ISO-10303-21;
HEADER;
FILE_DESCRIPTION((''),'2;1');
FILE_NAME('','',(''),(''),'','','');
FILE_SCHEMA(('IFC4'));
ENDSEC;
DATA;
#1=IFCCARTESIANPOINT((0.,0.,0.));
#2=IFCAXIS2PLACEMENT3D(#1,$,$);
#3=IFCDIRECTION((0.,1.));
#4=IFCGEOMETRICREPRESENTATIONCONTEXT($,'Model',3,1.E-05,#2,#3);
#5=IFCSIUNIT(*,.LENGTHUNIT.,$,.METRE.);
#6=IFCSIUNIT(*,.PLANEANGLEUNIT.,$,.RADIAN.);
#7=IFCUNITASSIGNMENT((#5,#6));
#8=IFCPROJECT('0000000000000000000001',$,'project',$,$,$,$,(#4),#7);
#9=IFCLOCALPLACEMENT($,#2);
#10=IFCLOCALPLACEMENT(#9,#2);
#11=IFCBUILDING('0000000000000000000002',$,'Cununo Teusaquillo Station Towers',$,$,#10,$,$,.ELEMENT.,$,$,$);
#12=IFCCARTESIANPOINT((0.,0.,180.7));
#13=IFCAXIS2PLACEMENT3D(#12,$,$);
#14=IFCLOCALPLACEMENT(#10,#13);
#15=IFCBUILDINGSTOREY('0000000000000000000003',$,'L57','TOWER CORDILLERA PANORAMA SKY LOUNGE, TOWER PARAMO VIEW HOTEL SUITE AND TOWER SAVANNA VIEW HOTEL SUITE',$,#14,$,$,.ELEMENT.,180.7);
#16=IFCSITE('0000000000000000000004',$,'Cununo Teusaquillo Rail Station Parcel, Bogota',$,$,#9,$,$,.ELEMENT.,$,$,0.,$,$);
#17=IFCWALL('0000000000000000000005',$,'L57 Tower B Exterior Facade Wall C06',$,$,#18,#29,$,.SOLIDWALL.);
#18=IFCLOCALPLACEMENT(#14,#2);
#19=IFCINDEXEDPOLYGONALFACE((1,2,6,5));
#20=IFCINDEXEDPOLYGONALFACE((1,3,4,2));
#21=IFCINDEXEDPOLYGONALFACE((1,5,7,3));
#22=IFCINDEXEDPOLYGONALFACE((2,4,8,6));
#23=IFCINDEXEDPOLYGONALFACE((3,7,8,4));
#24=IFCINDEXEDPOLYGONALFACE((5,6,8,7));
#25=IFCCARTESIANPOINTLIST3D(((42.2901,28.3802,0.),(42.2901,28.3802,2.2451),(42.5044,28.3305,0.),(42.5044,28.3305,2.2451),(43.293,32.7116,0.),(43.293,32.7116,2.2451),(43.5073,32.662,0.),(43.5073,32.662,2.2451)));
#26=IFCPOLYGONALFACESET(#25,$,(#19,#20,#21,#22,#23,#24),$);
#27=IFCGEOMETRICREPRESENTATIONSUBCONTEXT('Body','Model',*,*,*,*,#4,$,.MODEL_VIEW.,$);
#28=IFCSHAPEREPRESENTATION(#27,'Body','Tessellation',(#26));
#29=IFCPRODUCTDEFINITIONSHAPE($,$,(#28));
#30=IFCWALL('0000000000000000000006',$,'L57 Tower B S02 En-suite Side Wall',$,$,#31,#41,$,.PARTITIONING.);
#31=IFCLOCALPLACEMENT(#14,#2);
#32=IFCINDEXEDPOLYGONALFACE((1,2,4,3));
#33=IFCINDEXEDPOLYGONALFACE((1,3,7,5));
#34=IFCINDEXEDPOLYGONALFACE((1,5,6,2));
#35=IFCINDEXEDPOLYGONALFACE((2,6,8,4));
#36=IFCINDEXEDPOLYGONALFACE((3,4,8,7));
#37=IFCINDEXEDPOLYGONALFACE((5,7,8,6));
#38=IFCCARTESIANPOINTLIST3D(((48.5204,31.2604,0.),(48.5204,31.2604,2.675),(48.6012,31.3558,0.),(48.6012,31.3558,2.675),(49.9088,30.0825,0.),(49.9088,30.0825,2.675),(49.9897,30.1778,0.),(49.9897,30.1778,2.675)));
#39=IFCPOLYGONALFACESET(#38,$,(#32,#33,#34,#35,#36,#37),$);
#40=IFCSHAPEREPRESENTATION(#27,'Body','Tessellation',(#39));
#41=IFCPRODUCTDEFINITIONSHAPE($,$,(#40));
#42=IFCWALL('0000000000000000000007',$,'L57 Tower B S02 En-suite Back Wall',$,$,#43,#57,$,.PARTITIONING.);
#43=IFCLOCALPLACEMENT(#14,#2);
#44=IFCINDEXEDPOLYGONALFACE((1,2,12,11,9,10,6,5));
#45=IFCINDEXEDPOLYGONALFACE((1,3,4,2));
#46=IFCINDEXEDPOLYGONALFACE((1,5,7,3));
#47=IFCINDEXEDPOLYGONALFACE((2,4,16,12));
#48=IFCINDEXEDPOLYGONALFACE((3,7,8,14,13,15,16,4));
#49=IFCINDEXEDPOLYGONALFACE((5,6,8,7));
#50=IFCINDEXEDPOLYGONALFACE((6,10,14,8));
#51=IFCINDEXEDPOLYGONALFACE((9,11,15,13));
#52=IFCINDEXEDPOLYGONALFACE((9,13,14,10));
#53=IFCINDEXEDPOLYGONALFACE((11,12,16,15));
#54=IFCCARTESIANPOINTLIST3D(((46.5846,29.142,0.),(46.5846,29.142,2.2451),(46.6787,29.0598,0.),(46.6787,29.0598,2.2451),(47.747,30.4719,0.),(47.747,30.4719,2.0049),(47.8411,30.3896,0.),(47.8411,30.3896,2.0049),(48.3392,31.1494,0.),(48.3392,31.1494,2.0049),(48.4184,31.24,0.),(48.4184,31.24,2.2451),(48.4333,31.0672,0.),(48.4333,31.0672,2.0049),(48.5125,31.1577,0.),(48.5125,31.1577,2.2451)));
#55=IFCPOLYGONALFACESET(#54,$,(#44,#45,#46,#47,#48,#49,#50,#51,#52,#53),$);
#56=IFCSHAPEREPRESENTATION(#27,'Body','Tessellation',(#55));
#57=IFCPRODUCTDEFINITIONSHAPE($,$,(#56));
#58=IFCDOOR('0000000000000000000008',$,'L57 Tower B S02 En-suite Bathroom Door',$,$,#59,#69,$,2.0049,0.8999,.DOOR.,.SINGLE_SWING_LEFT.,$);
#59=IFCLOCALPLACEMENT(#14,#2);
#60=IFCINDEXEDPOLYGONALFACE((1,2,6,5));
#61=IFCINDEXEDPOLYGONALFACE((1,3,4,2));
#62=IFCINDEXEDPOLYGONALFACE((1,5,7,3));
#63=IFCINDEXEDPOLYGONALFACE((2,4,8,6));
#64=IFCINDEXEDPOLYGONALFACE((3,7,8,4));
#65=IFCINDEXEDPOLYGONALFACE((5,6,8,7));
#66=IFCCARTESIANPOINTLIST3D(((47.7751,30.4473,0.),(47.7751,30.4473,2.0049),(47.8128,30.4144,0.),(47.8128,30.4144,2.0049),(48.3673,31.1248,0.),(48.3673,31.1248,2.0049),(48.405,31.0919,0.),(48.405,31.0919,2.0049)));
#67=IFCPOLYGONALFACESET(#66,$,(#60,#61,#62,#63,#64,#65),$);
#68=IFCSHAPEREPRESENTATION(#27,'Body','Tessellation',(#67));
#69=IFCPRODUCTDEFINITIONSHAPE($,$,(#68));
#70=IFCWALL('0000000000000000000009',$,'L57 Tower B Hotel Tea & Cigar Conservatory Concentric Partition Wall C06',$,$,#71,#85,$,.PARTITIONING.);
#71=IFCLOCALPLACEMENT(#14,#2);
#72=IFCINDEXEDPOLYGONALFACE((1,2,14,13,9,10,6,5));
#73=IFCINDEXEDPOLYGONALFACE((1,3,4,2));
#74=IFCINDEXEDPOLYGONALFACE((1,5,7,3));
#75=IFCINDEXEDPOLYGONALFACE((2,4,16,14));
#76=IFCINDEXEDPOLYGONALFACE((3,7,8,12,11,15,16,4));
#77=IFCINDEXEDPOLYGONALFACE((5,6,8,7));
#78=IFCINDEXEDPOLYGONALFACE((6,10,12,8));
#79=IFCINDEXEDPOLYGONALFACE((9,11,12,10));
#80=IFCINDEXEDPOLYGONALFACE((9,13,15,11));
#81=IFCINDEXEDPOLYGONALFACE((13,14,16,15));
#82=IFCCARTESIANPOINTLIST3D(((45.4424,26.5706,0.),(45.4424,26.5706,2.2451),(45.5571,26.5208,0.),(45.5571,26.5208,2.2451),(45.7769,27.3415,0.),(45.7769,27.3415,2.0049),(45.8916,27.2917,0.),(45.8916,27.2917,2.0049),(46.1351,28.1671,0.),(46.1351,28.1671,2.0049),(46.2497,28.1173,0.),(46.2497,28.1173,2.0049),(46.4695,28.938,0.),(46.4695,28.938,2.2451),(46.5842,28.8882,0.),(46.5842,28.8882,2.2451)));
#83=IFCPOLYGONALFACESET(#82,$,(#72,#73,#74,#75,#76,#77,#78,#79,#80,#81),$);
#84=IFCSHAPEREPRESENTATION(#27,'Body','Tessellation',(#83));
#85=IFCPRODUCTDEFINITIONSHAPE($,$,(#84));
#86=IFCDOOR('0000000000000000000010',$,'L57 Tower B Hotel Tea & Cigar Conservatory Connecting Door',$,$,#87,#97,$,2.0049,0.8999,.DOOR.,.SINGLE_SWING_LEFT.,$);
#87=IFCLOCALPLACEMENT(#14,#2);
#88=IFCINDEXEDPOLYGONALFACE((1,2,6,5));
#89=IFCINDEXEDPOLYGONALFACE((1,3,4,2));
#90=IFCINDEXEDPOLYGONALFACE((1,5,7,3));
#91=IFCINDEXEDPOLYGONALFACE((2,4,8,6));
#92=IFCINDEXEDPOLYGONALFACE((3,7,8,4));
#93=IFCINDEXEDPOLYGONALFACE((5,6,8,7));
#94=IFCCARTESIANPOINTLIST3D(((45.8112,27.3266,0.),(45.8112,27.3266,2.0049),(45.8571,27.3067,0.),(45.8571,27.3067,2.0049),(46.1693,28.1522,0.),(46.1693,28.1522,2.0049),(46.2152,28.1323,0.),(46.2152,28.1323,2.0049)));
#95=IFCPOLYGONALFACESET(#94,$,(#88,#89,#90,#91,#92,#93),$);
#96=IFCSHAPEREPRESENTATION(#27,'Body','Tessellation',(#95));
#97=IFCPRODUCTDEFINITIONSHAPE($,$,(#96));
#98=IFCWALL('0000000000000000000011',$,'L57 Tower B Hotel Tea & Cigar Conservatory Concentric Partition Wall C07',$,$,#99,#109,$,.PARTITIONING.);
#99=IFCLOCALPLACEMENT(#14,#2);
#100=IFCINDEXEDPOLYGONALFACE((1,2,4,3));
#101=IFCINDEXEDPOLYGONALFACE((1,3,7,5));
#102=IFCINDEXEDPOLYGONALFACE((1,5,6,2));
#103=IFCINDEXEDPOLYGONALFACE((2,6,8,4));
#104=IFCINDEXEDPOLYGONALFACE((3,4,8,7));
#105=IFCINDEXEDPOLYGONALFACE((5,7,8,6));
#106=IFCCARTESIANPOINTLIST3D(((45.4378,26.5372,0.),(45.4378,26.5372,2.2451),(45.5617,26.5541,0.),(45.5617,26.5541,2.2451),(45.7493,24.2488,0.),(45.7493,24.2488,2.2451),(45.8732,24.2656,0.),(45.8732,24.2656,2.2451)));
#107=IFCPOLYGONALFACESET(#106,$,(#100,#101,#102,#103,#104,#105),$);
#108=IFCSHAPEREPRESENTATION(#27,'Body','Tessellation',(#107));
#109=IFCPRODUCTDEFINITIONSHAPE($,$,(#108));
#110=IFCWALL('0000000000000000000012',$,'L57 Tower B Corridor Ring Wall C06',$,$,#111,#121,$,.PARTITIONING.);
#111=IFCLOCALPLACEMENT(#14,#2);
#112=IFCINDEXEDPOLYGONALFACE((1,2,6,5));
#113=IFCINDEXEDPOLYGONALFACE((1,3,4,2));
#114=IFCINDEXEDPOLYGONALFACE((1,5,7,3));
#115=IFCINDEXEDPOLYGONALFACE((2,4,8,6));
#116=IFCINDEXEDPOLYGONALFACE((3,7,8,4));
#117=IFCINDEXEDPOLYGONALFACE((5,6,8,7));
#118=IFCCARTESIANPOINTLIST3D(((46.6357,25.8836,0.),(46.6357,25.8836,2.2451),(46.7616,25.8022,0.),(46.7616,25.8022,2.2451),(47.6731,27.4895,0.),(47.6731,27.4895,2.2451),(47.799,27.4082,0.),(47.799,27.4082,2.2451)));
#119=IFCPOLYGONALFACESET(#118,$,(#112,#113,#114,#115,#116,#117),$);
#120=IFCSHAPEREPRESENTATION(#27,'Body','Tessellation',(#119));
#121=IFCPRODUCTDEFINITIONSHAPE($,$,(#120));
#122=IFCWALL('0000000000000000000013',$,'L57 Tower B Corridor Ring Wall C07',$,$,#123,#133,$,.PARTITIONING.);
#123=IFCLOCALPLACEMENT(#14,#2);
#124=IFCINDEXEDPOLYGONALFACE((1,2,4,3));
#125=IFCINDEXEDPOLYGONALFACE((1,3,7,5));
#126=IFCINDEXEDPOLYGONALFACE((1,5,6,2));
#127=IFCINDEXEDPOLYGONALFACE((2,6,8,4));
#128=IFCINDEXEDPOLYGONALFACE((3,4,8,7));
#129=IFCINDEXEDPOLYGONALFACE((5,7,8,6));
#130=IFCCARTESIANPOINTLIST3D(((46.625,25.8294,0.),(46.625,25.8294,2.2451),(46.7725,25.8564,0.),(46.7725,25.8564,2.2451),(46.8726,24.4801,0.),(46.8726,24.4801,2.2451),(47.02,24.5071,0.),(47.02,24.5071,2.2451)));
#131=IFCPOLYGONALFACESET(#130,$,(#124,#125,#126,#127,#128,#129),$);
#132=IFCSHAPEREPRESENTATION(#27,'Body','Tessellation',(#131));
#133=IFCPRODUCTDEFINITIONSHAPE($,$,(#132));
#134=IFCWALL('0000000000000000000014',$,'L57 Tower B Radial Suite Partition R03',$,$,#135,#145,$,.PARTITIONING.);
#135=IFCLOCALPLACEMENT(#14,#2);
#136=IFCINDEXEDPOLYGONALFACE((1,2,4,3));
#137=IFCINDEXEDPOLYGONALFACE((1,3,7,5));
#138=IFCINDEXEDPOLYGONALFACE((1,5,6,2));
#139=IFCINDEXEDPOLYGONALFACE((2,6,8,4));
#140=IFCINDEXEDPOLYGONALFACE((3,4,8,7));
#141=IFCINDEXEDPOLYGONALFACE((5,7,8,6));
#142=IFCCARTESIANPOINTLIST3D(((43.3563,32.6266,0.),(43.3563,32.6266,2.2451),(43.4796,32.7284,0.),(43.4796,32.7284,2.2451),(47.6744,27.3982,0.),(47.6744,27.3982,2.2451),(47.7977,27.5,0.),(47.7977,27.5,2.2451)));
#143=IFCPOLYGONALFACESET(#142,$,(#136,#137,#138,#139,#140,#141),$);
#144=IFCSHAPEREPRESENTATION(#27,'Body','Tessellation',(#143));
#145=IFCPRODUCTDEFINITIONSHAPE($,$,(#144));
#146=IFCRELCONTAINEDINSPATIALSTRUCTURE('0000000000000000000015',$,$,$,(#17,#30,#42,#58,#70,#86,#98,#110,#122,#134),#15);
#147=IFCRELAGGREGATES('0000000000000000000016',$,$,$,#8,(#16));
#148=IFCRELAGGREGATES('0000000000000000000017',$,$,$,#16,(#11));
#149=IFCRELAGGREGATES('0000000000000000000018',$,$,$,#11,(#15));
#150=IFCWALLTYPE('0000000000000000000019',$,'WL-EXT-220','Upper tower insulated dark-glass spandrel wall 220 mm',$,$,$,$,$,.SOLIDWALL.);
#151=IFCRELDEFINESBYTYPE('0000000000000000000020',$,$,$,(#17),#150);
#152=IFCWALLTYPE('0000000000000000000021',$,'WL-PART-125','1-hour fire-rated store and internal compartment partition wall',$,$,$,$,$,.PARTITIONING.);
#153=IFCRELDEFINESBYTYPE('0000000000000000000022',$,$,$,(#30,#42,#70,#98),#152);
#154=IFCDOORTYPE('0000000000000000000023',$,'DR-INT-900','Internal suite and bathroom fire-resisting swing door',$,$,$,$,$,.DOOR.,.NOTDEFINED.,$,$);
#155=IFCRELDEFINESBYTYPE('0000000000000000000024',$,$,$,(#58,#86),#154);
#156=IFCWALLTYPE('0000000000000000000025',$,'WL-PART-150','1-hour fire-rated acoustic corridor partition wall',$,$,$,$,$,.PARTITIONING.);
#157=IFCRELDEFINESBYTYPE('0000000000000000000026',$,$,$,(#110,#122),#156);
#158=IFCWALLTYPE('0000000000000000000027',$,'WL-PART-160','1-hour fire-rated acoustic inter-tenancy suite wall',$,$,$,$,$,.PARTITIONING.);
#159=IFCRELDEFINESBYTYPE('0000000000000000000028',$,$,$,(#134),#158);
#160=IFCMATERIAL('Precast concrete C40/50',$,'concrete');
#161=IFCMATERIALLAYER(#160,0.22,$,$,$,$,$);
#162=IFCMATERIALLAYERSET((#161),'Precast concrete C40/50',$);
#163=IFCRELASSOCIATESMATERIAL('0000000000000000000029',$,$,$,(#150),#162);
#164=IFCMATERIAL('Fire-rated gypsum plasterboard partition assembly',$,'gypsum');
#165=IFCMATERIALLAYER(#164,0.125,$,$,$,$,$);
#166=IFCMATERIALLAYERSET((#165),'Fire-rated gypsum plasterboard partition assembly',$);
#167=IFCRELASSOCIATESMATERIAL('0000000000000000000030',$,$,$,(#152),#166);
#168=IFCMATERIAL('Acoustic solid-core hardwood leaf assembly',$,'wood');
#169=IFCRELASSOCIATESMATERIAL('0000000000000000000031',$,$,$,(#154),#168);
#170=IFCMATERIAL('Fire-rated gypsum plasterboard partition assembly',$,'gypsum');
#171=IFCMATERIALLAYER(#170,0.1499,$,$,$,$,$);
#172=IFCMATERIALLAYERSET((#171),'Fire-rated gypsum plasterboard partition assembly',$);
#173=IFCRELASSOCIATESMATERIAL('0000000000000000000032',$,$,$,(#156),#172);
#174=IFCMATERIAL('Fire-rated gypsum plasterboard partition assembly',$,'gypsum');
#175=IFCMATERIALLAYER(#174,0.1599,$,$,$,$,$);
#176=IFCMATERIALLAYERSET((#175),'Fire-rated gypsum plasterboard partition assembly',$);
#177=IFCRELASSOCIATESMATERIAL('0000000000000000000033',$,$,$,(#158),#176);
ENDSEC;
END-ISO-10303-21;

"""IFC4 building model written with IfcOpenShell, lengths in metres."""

from ifc_helpers import new_model, si_unit, direction, frame, frame_2d, origin, place, context, subcontext, project, spatial, rectangle, extrude, source, transform, mapped, material, layer, layer_set, type_object, element, fill, save


model = new_model("IFC4")

# Units and contexts
model_context = context("Model", 3, precision=1e-05, world=origin(), true_north=direction((0.0, 1.0)))
body_context = subcontext(model_context, "Body", "Model", "MODEL_VIEW")
ifc_project = project(units=[si_unit("LENGTHUNIT", "METRE"), si_unit("PLANEANGLEUNIT", "RADIAN")], contexts=[model_context])

# Site, building, storey
site_placement = place(None, origin())
site = spatial("IfcSite", under=ifc_project, at=site_placement, Name="Cununo Teusaquillo Rail Station Parcel, Bogota", CompositionType="ELEMENT", RefElevation=0.0)
building_placement = place(site_placement, origin())
building = spatial("IfcBuilding", under=site, at=building_placement, Name="Cununo Teusaquillo Station Towers", CompositionType="ELEMENT")
storey_placement = place(building_placement, frame((0.0, 0.0, 180.7)))
storey = spatial("IfcBuildingStorey", under=building, at=storey_placement, Name="L57", Description="TOWER CORDILLERA PANORAMA SKY LOUNGE, TOWER PARAMO VIEW HOTEL SUITE AND TOWER SAVANNA VIEW HOTEL SUITE", CompositionType="ELEMENT", Elevation=180.7)

# Shared definitions
ifc_material_1 = material(Name="Precast concrete C40/50", Category="concrete")
ifc_layer_1 = layer(ifc_material_1, 0.22)
ifc_layer_set_1 = layer_set([ifc_layer_1], Name="Precast concrete C40/50")
wall_type_1 = type_object("IfcWallType", Name="WL-EXT-220", Description="Upper tower insulated dark-glass spandrel wall 220 mm", PredefinedType="SOLIDWALL", material=ifc_layer_set_1)

# Walls
wall_1_placement = place(storey_placement, frame((42.3972, 28.3552, 0.0), z_axis=(0.0, 0.0, 1.0), x_axis=(0.225573, 0.974226, 0.0)))
element("IfcWall", 1, at=wall_1_placement, inside=storey, type_object=wall_type_1, Name="L57 Tower B Exterior Facade Wall C06", PredefinedType="SOLIDWALL", context=body_context, shape_type="SweptSolid", body=[
    extrude(rectangle(XDim=4.446, YDim=0.22, at=frame_2d((2.2231, 0.0))), origin(), (0.0, 0.0, 1.0), 2.2451),
])
ifc_material_2 = material(Name="Fire-rated gypsum plasterboard partition assembly", Category="gypsum")
ifc_layer_2 = layer(ifc_material_2, 0.125)
ifc_layer_set_2 = layer_set([ifc_layer_2], Name="Fire-rated gypsum plasterboard partition assembly")
wall_type_2 = type_object("IfcWallType", Name="WL-PART-125", Description="1-hour fire-rated store and internal compartment partition wall", PredefinedType="PARTITIONING", material=ifc_layer_set_2)
wall_2_placement = place(storey_placement, frame((49.9492, 30.1301, 0.0), z_axis=(0.0, 0.0, 1.0), x_axis=(-0.762531, 0.646951, 0.0)))
element("IfcWall", 2, at=wall_2_placement, inside=storey, type_object=wall_type_2, Name="L57 Tower B S02 En-suite Side Wall", PredefinedType="PARTITIONING", context=body_context, shape_type="SweptSolid", body=[
    extrude(rectangle(XDim=1.8208, YDim=0.125, at=frame_2d((0.9104, 0.0))), origin(), (0.0, 0.0, 1.0), 2.675),
])

# Walls, openings, doors
wall_3_placement = place(storey_placement, frame((48.4653, 31.1987, 0.0), z_axis=(0.0, 0.0, 1.0), x_axis=(-0.658114, -0.752919, 0.0)))
wall_3 = element("IfcWall", 3, at=wall_3_placement, inside=storey, type_object=wall_type_2, Name="L57 Tower B S02 En-suite Back Wall", PredefinedType="PARTITIONING", context=body_context, shape_type="SweptSolid", body=[
    extrude(rectangle(XDim=2.7864, YDim=0.125, at=frame_2d((1.3931, 0.0))), origin(), (0.0, 0.0, 1.0), 2.2451),
])
shared_shape_1 = source(origin(), body_context, "Body", "SweptSolid", [
    extrude(rectangle(XDim=0.8999, YDim=2.0049, at=frame_2d((0.45, 1.0024))), frame((0.0, 0.0725, 0.0), z_axis=(0.0, -1.0, 0.0), x_axis=(1.0, 0.0, 0.0)), (0.0, 0.0, 1.0), 0.145),
])
opening_1_placement = place(wall_3_placement, frame((0.1201, 0.0, 0.0)))
opening_1 = element("IfcOpeningElement", 4, at=opening_1_placement, cuts=wall_3, PredefinedType="OPENING", context=body_context, shape_type="MappedRepresentation", body=[
    mapped(shared_shape_1, transform((0.0, 0.0, 0.0), x_axis=(1.0, 0.0, 0.0), y_axis=(0.0, 1.0, 0.0), z_axis=(0.0, 0.0, 1.0), scale=1.0)),
])
ifc_material_3 = material(Name="Acoustic solid-core hardwood leaf assembly", Category="wood")
door_type = type_object("IfcDoorType", Name="DR-INT-900", Description="Internal suite and bathroom fire-resisting swing door", OperationType="NOTDEFINED", PredefinedType="DOOR", material=ifc_material_3)
shared_shape_2 = source(origin(), body_context, "Body", "SweptSolid", [
    extrude(rectangle(XDim=0.8999, YDim=2.0049, at=frame_2d((0.45, 1.0024))), frame((0.0, 0.0249, 0.0), z_axis=(0.0, -1.0, 0.0), x_axis=(1.0, 0.0, 0.0)), (0.0, 0.0, 1.0), 0.05),
])
door_1_placement = place(opening_1_placement, origin())
door_1 = element("IfcDoor", 5, at=door_1_placement, inside=storey, type_object=door_type, Name="L57 Tower B S02 En-suite Bathroom Door", OperationType="SINGLE_SWING_LEFT", OverallHeight=2.0049, OverallWidth=0.8999, PredefinedType="DOOR", context=body_context, shape_type="MappedRepresentation", body=[
    mapped(shared_shape_2, transform((0.0, 0.0, 0.0), x_axis=(1.0, 0.0, 0.0), y_axis=(0.0, 1.0, 0.0), z_axis=(0.0, 0.0, 1.0), scale=1.0)),
])
fill(opening_1, door_1)
wall_4_placement = place(storey_placement, frame((46.5269, 28.9131, 0.0), z_axis=(0.0, 0.0, 1.0), x_axis=(-0.398003, -0.917384, 0.0)))
wall_4 = element("IfcWall", 6, at=wall_4_placement, inside=storey, type_object=wall_type_2, Name="L57 Tower B Hotel Tea & Cigar Conservatory Concentric Partition Wall C06", PredefinedType="PARTITIONING", context=body_context, shape_type="SweptSolid", body=[
    extrude(rectangle(XDim=2.5806, YDim=0.125, at=frame_2d((1.2903, 0.0))), origin(), (0.0, 0.0, 1.0), 2.2451),
])
opening_2_placement = place(wall_4_placement, frame((0.8403, 0.0, 0.0)))
opening_2 = element("IfcOpeningElement", 7, at=opening_2_placement, cuts=wall_4, PredefinedType="OPENING", context=body_context, shape_type="MappedRepresentation", body=[
    mapped(shared_shape_1, transform((0.0, 0.0, 0.0), x_axis=(1.0, 0.0, 0.0), y_axis=(0.0, 1.0, 0.0), z_axis=(0.0, 0.0, 1.0), scale=1.0)),
])
door_2_placement = place(opening_2_placement, origin())
door_2 = element("IfcDoor", 8, at=door_2_placement, inside=storey, type_object=door_type, Name="L57 Tower B Hotel Tea & Cigar Conservatory Connecting Door", OperationType="SINGLE_SWING_LEFT", OverallHeight=2.0049, OverallWidth=0.8999, PredefinedType="DOOR", context=body_context, shape_type="MappedRepresentation", body=[
    mapped(shared_shape_2, transform((0.0, 0.0, 0.0), x_axis=(1.0, 0.0, 0.0), y_axis=(0.0, 1.0, 0.0), z_axis=(0.0, 0.0, 1.0), scale=1.0)),
])
fill(opening_2, door_2)

# Walls
wall_5_placement = place(storey_placement, frame((45.4998, 26.5457, 0.0), z_axis=(0.0, 0.0, 1.0), x_axis=(0.134877, -0.990862, 0.0)))
element("IfcWall", 9, at=wall_5_placement, inside=storey, type_object=wall_type_2, Name="L57 Tower B Hotel Tea & Cigar Conservatory Concentric Partition Wall C07", PredefinedType="PARTITIONING", context=body_context, shape_type="SweptSolid", body=[
    extrude(rectangle(XDim=2.3096, YDim=0.125, at=frame_2d((1.1548, 0.0))), origin(), (0.0, 0.0, 1.0), 2.2451),
])
ifc_material_4 = material(Name="Fire-rated gypsum plasterboard partition assembly", Category="gypsum")
ifc_layer_3 = layer(ifc_material_4, 0.1499)
ifc_layer_set_3 = layer_set([ifc_layer_3], Name="Fire-rated gypsum plasterboard partition assembly")
wall_type_3 = type_object("IfcWallType", Name="WL-PART-150", Description="1-hour fire-rated acoustic corridor partition wall", PredefinedType="PARTITIONING", material=ifc_layer_set_3)
wall_6_placement = place(storey_placement, frame((47.7361, 27.449, 0.0), z_axis=(0.0, 0.0, 1.0), x_axis=(-0.542589, -0.839998, 0.0)))
element("IfcWall", 10, at=wall_6_placement, inside=storey, type_object=wall_type_3, Name="L57 Tower B Corridor Ring Wall C06", PredefinedType="PARTITIONING", context=body_context, shape_type="SweptSolid", body=[
    extrude(rectangle(XDim=1.9119, YDim=0.1499, at=frame_2d((0.9561, 0.0))), origin(), (0.0, 0.0, 1.0), 2.2451),
])
wall_7_placement = place(storey_placement, frame((46.6987, 25.843, 0.0), z_axis=(0.0, 0.0, 1.0), x_axis=(0.180451, -0.983584, 0.0)))
element("IfcWall", 11, at=wall_7_placement, inside=storey, type_object=wall_type_3, Name="L57 Tower B Corridor Ring Wall C07", PredefinedType="PARTITIONING", context=body_context, shape_type="SweptSolid", body=[
    extrude(rectangle(XDim=1.3718, YDim=0.1499, at=frame_2d((0.686, 0.0))), origin(), (0.0, 0.0, 1.0), 2.2451),
])
ifc_material_5 = material(Name="Fire-rated gypsum plasterboard partition assembly", Category="gypsum")
ifc_layer_4 = layer(ifc_material_5, 0.1599)
ifc_layer_set_4 = layer_set([ifc_layer_4], Name="Fire-rated gypsum plasterboard partition assembly")
wall_type_4 = type_object("IfcWallType", Name="WL-PART-160", Description="1-hour fire-rated acoustic inter-tenancy suite wall", PredefinedType="PARTITIONING", material=ifc_layer_set_4)
wall_8_placement = place(storey_placement, frame((47.7361, 27.449, 0.0), z_axis=(0.0, 0.0, 1.0), x_axis=(-0.636786, 0.771041, 0.0)))
element("IfcWall", 12, at=wall_8_placement, inside=storey, type_object=wall_type_4, Name="L57 Tower B Radial Suite Partition R03", PredefinedType="PARTITIONING", context=body_context, shape_type="SweptSolid", body=[
    extrude(rectangle(XDim=6.781, YDim=0.1599, at=frame_2d((3.3906, 0.0))), origin(), (0.0, 0.0, 1.0), 2.2451),
])

save(model, "model.ifc")
